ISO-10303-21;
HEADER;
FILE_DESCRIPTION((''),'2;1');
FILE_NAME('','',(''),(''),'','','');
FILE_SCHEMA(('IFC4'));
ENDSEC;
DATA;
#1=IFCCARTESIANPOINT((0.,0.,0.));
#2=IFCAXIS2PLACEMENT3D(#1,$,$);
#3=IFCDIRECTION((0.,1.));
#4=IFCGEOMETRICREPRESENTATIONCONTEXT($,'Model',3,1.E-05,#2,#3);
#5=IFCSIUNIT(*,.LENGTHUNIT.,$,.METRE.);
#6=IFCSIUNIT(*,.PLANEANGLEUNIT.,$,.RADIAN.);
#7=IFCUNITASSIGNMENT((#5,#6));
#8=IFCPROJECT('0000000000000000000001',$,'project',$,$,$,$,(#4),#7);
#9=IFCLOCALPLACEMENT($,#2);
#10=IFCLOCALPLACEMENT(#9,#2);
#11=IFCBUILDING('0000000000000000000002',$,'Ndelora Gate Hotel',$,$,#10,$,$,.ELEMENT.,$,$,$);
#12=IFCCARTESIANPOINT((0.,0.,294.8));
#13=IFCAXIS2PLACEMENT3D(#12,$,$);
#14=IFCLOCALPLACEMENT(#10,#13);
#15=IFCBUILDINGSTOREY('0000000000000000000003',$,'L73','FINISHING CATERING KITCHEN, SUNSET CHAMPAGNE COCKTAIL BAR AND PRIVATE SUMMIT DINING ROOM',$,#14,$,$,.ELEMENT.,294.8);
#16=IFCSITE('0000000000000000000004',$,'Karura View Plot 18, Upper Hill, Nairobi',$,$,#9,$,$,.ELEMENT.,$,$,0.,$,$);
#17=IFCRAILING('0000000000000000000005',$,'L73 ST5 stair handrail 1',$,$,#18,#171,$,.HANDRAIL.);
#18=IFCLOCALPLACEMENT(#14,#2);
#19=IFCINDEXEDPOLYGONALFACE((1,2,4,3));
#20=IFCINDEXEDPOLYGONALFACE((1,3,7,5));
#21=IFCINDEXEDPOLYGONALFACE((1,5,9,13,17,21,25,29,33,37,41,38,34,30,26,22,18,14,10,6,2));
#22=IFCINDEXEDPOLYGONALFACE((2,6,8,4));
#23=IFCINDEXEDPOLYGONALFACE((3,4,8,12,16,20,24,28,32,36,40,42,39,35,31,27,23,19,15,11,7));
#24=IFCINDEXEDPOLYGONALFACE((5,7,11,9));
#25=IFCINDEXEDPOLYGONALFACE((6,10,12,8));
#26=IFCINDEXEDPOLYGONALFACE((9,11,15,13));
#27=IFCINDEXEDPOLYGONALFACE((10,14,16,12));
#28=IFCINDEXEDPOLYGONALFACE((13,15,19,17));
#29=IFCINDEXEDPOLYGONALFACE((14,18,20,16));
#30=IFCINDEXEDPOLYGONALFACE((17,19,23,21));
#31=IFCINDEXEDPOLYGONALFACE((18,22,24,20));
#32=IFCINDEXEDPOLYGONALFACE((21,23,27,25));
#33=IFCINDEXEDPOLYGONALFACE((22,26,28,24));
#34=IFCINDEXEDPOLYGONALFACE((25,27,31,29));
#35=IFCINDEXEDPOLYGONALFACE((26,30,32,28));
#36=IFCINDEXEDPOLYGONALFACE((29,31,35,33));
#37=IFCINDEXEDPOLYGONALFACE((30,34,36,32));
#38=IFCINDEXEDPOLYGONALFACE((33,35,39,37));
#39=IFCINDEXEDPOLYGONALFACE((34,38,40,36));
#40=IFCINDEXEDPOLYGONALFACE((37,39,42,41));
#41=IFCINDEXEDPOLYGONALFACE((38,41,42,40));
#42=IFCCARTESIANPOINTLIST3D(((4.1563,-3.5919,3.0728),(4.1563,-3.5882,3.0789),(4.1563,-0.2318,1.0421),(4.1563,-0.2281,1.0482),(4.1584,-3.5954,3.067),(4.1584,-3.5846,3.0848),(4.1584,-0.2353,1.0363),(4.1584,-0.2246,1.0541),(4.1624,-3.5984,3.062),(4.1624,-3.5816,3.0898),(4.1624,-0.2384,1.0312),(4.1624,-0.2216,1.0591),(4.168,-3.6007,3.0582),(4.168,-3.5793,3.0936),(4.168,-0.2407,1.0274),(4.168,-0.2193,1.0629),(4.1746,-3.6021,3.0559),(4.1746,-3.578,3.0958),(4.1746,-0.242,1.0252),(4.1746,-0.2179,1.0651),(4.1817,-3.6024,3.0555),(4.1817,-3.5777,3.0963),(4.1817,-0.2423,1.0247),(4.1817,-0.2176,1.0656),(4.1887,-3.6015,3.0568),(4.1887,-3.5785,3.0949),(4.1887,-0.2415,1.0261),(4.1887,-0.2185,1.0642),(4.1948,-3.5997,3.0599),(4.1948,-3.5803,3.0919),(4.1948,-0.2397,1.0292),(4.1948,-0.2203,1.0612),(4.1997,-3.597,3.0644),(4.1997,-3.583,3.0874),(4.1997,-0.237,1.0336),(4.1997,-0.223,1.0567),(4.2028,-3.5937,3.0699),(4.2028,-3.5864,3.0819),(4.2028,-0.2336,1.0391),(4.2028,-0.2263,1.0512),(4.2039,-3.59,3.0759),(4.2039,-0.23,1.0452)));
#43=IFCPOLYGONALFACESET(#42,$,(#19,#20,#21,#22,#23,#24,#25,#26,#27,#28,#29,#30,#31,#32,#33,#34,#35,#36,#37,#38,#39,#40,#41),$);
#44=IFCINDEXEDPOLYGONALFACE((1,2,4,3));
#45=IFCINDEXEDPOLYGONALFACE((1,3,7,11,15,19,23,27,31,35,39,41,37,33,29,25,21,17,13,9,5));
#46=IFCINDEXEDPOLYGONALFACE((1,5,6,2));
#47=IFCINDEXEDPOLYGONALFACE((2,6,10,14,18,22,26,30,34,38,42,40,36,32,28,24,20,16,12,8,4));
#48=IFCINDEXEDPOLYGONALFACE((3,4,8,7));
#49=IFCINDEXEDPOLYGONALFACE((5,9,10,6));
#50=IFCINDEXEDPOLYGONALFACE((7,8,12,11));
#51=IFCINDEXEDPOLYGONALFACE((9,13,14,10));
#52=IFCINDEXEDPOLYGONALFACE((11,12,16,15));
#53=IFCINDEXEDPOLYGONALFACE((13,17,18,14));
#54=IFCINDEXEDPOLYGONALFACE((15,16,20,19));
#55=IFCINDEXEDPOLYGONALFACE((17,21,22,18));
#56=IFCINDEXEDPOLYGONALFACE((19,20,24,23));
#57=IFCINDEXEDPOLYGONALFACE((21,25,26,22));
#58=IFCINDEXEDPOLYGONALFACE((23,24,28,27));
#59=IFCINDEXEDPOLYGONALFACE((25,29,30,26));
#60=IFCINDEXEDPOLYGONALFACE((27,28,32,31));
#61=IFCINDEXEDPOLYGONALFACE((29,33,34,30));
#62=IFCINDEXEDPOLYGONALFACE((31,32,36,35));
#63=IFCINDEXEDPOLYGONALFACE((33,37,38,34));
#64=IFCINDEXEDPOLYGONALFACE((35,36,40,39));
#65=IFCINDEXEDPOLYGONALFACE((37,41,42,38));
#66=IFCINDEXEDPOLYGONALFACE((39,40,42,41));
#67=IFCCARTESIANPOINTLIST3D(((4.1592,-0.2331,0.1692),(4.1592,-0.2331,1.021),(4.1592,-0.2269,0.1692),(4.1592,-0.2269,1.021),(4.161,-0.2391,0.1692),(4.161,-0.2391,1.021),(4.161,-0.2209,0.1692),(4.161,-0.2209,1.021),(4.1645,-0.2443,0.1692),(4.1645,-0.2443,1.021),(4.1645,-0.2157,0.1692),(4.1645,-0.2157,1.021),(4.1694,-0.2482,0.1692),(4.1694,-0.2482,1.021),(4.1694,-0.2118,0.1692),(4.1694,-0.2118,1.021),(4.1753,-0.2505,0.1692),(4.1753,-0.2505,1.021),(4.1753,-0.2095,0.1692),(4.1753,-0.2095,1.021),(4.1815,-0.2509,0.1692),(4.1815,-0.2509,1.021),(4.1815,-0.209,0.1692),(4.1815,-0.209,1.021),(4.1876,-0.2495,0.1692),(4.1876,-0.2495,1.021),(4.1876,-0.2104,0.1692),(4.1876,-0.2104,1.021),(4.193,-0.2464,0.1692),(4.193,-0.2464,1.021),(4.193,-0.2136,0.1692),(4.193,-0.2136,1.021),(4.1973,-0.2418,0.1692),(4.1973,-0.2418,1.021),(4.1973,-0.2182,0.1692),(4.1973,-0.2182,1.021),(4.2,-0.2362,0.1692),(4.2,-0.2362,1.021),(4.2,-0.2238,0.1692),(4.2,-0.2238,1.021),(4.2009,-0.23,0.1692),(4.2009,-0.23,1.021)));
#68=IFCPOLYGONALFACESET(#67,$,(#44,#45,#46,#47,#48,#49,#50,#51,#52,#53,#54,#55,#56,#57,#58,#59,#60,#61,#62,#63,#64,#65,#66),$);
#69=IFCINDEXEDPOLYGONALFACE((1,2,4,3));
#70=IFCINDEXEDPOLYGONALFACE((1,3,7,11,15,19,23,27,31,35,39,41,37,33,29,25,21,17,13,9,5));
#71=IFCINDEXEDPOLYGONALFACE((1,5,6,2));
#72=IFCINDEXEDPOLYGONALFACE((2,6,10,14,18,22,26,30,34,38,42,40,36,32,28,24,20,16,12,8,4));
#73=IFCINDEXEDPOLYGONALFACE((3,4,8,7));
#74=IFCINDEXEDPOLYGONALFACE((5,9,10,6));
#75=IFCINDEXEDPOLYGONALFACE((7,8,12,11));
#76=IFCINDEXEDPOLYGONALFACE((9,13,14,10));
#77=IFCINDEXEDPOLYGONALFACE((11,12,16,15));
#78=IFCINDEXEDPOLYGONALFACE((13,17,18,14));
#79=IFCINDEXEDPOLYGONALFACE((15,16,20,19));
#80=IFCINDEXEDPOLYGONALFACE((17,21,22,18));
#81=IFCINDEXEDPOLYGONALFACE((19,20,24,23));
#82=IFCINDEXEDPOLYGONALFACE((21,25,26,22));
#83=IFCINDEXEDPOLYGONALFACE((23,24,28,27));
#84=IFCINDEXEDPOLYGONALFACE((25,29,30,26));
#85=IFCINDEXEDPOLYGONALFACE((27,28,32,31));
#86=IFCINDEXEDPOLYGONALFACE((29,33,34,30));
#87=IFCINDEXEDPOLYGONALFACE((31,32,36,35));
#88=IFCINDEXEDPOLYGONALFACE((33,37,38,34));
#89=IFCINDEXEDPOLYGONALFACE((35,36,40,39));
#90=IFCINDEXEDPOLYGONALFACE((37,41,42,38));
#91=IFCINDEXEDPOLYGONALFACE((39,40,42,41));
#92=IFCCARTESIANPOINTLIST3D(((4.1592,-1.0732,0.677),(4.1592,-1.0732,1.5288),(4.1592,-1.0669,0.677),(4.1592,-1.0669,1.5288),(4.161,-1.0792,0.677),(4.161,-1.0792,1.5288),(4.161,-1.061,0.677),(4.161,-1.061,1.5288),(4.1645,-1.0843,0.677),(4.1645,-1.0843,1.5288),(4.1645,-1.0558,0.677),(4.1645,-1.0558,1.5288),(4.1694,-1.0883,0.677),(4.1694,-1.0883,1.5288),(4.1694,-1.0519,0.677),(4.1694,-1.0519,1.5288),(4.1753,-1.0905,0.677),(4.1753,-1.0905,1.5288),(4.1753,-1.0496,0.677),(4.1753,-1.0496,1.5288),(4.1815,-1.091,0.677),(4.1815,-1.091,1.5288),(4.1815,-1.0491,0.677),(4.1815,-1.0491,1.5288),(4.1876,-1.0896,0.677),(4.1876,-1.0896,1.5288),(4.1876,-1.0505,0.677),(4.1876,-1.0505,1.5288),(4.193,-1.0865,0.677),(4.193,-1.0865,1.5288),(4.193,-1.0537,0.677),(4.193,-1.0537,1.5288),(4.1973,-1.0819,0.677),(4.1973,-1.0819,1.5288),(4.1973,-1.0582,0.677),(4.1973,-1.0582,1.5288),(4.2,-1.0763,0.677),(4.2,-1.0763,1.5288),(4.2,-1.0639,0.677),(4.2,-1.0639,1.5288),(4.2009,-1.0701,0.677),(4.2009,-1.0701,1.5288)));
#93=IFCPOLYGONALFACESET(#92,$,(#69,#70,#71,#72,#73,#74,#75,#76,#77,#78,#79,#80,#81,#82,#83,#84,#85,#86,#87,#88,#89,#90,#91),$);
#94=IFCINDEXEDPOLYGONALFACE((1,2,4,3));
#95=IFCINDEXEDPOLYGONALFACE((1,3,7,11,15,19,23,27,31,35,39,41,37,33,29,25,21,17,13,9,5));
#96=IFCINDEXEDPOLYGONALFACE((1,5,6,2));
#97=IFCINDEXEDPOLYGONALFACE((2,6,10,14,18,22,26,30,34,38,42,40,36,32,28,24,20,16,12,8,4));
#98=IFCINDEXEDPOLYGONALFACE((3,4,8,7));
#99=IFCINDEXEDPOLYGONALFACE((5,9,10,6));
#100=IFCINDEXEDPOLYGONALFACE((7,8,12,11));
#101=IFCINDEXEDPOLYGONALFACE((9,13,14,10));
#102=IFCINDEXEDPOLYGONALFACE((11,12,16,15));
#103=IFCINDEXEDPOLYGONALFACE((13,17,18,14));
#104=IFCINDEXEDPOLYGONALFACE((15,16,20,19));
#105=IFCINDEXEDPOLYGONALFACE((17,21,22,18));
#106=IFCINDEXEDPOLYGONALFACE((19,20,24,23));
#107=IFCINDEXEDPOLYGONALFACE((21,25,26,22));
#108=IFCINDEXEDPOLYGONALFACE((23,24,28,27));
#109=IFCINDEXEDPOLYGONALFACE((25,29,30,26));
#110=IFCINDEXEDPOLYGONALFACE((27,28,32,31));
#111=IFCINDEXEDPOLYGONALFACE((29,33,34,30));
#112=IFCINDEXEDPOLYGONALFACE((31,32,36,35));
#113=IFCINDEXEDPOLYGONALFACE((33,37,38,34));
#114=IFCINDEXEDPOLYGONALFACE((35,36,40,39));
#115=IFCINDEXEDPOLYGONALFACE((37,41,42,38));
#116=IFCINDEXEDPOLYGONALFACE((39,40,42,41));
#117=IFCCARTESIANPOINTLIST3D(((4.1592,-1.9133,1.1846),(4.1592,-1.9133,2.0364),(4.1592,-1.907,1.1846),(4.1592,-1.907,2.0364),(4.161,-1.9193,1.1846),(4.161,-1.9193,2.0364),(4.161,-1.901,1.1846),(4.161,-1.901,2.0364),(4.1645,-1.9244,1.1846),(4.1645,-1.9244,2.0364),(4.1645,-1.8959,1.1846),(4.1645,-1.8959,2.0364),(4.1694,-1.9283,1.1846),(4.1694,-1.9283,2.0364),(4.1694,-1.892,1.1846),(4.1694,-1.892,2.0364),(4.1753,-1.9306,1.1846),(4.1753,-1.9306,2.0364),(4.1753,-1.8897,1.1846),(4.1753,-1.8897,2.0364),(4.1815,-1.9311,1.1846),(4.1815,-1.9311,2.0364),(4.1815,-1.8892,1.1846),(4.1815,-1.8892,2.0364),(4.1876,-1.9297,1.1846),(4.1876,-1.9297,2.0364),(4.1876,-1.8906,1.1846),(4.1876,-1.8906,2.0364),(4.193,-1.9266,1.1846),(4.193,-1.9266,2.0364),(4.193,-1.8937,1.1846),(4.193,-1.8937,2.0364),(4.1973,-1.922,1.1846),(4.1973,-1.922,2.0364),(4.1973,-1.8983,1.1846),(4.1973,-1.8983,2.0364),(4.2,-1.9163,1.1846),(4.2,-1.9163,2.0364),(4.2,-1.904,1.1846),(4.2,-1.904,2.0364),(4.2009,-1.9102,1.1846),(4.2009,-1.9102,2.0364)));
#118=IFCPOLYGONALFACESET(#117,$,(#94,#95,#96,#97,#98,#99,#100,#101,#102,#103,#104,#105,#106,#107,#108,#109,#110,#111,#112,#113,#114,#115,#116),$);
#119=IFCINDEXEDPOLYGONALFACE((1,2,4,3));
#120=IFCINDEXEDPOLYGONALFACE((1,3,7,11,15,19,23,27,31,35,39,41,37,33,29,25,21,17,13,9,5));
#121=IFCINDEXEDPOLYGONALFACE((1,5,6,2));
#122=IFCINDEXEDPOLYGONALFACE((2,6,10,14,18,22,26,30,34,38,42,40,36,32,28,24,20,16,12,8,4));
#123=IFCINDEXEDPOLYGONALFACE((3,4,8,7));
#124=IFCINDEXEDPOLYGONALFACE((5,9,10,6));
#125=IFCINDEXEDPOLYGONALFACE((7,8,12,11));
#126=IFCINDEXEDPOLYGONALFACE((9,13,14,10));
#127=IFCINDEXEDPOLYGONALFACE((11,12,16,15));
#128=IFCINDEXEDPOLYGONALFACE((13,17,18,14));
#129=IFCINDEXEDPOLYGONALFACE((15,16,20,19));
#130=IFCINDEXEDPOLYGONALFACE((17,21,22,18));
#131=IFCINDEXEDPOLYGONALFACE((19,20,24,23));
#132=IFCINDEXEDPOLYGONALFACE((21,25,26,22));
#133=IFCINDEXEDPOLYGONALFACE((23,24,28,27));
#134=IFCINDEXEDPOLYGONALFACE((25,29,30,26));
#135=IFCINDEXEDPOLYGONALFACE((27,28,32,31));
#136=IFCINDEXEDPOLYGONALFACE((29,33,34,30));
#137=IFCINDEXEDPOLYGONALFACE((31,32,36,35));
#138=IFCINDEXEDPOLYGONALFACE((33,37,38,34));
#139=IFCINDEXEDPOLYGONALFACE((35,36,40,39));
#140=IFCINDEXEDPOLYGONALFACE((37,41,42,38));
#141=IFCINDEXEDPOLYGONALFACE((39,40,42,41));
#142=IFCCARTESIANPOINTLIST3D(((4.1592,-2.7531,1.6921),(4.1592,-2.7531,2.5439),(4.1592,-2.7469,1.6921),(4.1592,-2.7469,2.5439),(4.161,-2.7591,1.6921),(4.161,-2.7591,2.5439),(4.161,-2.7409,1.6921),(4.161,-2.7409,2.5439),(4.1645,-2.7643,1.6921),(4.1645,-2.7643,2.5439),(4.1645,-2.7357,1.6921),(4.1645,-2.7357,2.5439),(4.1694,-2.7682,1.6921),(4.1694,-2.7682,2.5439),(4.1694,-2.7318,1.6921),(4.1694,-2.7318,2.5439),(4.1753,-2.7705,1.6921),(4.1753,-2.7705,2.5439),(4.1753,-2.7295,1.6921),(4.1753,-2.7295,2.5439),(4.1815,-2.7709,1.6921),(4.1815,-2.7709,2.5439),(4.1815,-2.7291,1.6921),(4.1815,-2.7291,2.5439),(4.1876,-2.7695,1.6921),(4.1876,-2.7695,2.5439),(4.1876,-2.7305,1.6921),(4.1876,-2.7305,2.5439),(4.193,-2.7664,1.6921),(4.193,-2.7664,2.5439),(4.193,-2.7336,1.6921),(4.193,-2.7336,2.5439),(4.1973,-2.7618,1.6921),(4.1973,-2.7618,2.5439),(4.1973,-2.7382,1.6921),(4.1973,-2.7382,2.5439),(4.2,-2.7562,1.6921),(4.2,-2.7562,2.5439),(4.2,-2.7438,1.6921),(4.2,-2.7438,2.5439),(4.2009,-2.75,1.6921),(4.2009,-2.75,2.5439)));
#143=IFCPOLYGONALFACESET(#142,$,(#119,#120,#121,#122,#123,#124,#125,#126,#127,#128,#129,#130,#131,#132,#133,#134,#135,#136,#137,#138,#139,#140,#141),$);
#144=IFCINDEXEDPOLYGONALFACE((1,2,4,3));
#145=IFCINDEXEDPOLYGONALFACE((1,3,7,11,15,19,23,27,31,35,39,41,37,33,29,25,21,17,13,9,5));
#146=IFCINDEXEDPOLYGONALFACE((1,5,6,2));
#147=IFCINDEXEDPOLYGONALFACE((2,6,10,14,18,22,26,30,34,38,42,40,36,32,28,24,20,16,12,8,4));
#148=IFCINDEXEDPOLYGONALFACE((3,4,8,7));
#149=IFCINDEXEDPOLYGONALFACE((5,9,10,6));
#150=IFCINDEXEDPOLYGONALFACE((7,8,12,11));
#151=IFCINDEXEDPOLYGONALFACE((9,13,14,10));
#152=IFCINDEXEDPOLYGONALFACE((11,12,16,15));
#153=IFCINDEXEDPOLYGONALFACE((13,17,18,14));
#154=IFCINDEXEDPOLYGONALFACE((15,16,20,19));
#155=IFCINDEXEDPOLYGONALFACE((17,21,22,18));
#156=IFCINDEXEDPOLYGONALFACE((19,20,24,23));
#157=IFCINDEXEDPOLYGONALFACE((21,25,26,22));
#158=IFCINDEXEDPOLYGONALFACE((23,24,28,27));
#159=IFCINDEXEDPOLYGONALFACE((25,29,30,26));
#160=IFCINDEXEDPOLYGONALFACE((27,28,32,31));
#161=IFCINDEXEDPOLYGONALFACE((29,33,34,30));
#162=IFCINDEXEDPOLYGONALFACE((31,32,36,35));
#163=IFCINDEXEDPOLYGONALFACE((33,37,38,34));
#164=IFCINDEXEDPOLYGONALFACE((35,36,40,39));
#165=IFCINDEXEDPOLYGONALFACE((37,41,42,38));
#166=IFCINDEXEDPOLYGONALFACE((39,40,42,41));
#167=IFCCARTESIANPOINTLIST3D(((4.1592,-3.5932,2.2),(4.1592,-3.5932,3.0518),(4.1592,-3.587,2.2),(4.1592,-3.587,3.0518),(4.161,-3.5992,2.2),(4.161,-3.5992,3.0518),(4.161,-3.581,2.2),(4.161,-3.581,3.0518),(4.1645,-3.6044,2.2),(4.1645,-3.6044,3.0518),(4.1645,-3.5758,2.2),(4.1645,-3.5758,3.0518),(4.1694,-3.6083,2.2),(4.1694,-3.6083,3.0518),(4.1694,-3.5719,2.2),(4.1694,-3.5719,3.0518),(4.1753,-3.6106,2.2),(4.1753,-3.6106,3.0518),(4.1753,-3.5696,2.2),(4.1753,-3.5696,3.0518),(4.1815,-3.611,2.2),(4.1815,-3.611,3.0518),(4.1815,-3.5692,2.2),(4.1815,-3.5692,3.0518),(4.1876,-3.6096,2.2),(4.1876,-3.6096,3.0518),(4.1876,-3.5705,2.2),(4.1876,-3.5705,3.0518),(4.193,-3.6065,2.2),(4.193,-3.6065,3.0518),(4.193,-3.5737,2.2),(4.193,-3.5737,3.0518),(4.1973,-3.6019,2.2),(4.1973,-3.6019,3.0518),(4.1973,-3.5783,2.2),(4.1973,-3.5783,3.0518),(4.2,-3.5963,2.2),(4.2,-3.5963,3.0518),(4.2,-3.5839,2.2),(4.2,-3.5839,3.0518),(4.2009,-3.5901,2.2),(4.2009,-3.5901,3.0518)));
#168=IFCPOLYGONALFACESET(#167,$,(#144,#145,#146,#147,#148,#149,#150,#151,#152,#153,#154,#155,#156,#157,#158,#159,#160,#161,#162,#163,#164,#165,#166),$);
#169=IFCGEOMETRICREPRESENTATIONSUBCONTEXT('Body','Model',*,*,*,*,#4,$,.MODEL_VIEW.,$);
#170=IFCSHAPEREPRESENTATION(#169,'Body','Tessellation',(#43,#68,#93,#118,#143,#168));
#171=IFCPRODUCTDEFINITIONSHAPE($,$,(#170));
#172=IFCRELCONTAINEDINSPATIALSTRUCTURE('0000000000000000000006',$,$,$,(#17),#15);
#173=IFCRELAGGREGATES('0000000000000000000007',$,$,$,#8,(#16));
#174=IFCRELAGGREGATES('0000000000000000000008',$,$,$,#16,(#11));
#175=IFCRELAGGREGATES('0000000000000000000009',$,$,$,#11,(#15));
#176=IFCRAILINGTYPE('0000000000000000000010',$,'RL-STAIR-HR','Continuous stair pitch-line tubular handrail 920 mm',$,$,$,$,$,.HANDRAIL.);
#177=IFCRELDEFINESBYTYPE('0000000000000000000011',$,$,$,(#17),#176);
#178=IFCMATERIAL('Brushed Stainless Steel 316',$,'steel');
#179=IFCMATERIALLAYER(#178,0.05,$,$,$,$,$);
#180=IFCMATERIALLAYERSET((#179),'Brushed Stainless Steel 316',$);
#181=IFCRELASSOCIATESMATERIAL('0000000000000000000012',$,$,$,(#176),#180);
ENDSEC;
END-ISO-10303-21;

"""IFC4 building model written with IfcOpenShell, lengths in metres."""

from ifc_helpers import new_model, si_unit, direction, frame, origin, origin_2d, place, context, subcontext, project, spatial, circle, extrude, material, layer, layer_set, type_object, element, save


model = new_model("IFC4")

# Units and contexts
model_context = context("Model", 3, precision=1e-05, world=origin(), true_north=direction((0.0, 1.0)))
body_context = subcontext(model_context, "Body", "Model", "MODEL_VIEW")
ifc_project = project(units=[si_unit("LENGTHUNIT", "METRE"), si_unit("PLANEANGLEUNIT", "RADIAN")], contexts=[model_context])

# Site, building, storey
site_placement = place(None, origin())
site = spatial("IfcSite", under=ifc_project, at=site_placement, Name="Karura View Plot 18, Upper Hill, Nairobi", CompositionType="ELEMENT", RefElevation=0.0)
building_placement = place(site_placement, origin())
building = spatial("IfcBuilding", under=site, at=building_placement, Name="Ndelora Gate Hotel", CompositionType="ELEMENT")
storey_placement = place(building_placement, frame((0.0, 0.0, 294.8)))
storey = spatial("IfcBuildingStorey", under=building, at=storey_placement, Name="L73", Description="FINISHING CATERING KITCHEN, SUNSET CHAMPAGNE COCKTAIL BAR AND PRIVATE SUMMIT DINING ROOM", CompositionType="ELEMENT", Elevation=294.8)

# Railing
ifc_material_1 = material(Name="Brushed Stainless Steel 316", Category="steel")
ifc_layer_1 = layer(ifc_material_1, 0.05)
ifc_layer_set_1 = layer_set([ifc_layer_1], Name="Brushed Stainless Steel 316")
railing_type_1 = type_object("IfcRailingType", Name="RL-STAIR-HR", Description="Continuous stair pitch-line tubular handrail 920 mm", PredefinedType="HANDRAIL", material=ifc_layer_set_1)
railing_1_placement = place(storey_placement, frame((4.1799, -0.23, 0.1692)))
element("IfcRailing", 1, at=railing_1_placement, inside=storey, type_object=railing_type_1, Name="L73 ST5 stair handrail 1", PredefinedType="HANDRAIL", context=body_context, shape_type="SweptSolid", body=[
    extrude(circle(Radius=0.0239, at=origin_2d()), frame((0.0, 0.0, 0.876), z_axis=(0.0, -0.855837, 0.517246), x_axis=(1.0, 0.0, 0.0)), (0.0, 0.0, 1.0), 3.926),
    extrude(circle(Radius=0.021, at=origin_2d()), origin(), (0.0, 0.0, 1.0), 0.8518),
    extrude(circle(Radius=0.021, at=origin_2d()), frame((0.0, -0.8401, 0.5078)), (0.0, 0.0, 1.0), 0.8518),
    extrude(circle(Radius=0.021, at=origin_2d()), frame((0.0, -1.6802, 1.0154)), (0.0, 0.0, 1.0), 0.8518),
    extrude(circle(Radius=0.021, at=origin_2d()), frame((0.0, -2.52, 1.5229)), (0.0, 0.0, 1.0), 0.8518),
    extrude(circle(Radius=0.021, at=origin_2d()), frame((0.0, -3.3601, 2.0308)), (0.0, 0.0, 1.0), 0.8518),
])

save(model, "model.ifc")
